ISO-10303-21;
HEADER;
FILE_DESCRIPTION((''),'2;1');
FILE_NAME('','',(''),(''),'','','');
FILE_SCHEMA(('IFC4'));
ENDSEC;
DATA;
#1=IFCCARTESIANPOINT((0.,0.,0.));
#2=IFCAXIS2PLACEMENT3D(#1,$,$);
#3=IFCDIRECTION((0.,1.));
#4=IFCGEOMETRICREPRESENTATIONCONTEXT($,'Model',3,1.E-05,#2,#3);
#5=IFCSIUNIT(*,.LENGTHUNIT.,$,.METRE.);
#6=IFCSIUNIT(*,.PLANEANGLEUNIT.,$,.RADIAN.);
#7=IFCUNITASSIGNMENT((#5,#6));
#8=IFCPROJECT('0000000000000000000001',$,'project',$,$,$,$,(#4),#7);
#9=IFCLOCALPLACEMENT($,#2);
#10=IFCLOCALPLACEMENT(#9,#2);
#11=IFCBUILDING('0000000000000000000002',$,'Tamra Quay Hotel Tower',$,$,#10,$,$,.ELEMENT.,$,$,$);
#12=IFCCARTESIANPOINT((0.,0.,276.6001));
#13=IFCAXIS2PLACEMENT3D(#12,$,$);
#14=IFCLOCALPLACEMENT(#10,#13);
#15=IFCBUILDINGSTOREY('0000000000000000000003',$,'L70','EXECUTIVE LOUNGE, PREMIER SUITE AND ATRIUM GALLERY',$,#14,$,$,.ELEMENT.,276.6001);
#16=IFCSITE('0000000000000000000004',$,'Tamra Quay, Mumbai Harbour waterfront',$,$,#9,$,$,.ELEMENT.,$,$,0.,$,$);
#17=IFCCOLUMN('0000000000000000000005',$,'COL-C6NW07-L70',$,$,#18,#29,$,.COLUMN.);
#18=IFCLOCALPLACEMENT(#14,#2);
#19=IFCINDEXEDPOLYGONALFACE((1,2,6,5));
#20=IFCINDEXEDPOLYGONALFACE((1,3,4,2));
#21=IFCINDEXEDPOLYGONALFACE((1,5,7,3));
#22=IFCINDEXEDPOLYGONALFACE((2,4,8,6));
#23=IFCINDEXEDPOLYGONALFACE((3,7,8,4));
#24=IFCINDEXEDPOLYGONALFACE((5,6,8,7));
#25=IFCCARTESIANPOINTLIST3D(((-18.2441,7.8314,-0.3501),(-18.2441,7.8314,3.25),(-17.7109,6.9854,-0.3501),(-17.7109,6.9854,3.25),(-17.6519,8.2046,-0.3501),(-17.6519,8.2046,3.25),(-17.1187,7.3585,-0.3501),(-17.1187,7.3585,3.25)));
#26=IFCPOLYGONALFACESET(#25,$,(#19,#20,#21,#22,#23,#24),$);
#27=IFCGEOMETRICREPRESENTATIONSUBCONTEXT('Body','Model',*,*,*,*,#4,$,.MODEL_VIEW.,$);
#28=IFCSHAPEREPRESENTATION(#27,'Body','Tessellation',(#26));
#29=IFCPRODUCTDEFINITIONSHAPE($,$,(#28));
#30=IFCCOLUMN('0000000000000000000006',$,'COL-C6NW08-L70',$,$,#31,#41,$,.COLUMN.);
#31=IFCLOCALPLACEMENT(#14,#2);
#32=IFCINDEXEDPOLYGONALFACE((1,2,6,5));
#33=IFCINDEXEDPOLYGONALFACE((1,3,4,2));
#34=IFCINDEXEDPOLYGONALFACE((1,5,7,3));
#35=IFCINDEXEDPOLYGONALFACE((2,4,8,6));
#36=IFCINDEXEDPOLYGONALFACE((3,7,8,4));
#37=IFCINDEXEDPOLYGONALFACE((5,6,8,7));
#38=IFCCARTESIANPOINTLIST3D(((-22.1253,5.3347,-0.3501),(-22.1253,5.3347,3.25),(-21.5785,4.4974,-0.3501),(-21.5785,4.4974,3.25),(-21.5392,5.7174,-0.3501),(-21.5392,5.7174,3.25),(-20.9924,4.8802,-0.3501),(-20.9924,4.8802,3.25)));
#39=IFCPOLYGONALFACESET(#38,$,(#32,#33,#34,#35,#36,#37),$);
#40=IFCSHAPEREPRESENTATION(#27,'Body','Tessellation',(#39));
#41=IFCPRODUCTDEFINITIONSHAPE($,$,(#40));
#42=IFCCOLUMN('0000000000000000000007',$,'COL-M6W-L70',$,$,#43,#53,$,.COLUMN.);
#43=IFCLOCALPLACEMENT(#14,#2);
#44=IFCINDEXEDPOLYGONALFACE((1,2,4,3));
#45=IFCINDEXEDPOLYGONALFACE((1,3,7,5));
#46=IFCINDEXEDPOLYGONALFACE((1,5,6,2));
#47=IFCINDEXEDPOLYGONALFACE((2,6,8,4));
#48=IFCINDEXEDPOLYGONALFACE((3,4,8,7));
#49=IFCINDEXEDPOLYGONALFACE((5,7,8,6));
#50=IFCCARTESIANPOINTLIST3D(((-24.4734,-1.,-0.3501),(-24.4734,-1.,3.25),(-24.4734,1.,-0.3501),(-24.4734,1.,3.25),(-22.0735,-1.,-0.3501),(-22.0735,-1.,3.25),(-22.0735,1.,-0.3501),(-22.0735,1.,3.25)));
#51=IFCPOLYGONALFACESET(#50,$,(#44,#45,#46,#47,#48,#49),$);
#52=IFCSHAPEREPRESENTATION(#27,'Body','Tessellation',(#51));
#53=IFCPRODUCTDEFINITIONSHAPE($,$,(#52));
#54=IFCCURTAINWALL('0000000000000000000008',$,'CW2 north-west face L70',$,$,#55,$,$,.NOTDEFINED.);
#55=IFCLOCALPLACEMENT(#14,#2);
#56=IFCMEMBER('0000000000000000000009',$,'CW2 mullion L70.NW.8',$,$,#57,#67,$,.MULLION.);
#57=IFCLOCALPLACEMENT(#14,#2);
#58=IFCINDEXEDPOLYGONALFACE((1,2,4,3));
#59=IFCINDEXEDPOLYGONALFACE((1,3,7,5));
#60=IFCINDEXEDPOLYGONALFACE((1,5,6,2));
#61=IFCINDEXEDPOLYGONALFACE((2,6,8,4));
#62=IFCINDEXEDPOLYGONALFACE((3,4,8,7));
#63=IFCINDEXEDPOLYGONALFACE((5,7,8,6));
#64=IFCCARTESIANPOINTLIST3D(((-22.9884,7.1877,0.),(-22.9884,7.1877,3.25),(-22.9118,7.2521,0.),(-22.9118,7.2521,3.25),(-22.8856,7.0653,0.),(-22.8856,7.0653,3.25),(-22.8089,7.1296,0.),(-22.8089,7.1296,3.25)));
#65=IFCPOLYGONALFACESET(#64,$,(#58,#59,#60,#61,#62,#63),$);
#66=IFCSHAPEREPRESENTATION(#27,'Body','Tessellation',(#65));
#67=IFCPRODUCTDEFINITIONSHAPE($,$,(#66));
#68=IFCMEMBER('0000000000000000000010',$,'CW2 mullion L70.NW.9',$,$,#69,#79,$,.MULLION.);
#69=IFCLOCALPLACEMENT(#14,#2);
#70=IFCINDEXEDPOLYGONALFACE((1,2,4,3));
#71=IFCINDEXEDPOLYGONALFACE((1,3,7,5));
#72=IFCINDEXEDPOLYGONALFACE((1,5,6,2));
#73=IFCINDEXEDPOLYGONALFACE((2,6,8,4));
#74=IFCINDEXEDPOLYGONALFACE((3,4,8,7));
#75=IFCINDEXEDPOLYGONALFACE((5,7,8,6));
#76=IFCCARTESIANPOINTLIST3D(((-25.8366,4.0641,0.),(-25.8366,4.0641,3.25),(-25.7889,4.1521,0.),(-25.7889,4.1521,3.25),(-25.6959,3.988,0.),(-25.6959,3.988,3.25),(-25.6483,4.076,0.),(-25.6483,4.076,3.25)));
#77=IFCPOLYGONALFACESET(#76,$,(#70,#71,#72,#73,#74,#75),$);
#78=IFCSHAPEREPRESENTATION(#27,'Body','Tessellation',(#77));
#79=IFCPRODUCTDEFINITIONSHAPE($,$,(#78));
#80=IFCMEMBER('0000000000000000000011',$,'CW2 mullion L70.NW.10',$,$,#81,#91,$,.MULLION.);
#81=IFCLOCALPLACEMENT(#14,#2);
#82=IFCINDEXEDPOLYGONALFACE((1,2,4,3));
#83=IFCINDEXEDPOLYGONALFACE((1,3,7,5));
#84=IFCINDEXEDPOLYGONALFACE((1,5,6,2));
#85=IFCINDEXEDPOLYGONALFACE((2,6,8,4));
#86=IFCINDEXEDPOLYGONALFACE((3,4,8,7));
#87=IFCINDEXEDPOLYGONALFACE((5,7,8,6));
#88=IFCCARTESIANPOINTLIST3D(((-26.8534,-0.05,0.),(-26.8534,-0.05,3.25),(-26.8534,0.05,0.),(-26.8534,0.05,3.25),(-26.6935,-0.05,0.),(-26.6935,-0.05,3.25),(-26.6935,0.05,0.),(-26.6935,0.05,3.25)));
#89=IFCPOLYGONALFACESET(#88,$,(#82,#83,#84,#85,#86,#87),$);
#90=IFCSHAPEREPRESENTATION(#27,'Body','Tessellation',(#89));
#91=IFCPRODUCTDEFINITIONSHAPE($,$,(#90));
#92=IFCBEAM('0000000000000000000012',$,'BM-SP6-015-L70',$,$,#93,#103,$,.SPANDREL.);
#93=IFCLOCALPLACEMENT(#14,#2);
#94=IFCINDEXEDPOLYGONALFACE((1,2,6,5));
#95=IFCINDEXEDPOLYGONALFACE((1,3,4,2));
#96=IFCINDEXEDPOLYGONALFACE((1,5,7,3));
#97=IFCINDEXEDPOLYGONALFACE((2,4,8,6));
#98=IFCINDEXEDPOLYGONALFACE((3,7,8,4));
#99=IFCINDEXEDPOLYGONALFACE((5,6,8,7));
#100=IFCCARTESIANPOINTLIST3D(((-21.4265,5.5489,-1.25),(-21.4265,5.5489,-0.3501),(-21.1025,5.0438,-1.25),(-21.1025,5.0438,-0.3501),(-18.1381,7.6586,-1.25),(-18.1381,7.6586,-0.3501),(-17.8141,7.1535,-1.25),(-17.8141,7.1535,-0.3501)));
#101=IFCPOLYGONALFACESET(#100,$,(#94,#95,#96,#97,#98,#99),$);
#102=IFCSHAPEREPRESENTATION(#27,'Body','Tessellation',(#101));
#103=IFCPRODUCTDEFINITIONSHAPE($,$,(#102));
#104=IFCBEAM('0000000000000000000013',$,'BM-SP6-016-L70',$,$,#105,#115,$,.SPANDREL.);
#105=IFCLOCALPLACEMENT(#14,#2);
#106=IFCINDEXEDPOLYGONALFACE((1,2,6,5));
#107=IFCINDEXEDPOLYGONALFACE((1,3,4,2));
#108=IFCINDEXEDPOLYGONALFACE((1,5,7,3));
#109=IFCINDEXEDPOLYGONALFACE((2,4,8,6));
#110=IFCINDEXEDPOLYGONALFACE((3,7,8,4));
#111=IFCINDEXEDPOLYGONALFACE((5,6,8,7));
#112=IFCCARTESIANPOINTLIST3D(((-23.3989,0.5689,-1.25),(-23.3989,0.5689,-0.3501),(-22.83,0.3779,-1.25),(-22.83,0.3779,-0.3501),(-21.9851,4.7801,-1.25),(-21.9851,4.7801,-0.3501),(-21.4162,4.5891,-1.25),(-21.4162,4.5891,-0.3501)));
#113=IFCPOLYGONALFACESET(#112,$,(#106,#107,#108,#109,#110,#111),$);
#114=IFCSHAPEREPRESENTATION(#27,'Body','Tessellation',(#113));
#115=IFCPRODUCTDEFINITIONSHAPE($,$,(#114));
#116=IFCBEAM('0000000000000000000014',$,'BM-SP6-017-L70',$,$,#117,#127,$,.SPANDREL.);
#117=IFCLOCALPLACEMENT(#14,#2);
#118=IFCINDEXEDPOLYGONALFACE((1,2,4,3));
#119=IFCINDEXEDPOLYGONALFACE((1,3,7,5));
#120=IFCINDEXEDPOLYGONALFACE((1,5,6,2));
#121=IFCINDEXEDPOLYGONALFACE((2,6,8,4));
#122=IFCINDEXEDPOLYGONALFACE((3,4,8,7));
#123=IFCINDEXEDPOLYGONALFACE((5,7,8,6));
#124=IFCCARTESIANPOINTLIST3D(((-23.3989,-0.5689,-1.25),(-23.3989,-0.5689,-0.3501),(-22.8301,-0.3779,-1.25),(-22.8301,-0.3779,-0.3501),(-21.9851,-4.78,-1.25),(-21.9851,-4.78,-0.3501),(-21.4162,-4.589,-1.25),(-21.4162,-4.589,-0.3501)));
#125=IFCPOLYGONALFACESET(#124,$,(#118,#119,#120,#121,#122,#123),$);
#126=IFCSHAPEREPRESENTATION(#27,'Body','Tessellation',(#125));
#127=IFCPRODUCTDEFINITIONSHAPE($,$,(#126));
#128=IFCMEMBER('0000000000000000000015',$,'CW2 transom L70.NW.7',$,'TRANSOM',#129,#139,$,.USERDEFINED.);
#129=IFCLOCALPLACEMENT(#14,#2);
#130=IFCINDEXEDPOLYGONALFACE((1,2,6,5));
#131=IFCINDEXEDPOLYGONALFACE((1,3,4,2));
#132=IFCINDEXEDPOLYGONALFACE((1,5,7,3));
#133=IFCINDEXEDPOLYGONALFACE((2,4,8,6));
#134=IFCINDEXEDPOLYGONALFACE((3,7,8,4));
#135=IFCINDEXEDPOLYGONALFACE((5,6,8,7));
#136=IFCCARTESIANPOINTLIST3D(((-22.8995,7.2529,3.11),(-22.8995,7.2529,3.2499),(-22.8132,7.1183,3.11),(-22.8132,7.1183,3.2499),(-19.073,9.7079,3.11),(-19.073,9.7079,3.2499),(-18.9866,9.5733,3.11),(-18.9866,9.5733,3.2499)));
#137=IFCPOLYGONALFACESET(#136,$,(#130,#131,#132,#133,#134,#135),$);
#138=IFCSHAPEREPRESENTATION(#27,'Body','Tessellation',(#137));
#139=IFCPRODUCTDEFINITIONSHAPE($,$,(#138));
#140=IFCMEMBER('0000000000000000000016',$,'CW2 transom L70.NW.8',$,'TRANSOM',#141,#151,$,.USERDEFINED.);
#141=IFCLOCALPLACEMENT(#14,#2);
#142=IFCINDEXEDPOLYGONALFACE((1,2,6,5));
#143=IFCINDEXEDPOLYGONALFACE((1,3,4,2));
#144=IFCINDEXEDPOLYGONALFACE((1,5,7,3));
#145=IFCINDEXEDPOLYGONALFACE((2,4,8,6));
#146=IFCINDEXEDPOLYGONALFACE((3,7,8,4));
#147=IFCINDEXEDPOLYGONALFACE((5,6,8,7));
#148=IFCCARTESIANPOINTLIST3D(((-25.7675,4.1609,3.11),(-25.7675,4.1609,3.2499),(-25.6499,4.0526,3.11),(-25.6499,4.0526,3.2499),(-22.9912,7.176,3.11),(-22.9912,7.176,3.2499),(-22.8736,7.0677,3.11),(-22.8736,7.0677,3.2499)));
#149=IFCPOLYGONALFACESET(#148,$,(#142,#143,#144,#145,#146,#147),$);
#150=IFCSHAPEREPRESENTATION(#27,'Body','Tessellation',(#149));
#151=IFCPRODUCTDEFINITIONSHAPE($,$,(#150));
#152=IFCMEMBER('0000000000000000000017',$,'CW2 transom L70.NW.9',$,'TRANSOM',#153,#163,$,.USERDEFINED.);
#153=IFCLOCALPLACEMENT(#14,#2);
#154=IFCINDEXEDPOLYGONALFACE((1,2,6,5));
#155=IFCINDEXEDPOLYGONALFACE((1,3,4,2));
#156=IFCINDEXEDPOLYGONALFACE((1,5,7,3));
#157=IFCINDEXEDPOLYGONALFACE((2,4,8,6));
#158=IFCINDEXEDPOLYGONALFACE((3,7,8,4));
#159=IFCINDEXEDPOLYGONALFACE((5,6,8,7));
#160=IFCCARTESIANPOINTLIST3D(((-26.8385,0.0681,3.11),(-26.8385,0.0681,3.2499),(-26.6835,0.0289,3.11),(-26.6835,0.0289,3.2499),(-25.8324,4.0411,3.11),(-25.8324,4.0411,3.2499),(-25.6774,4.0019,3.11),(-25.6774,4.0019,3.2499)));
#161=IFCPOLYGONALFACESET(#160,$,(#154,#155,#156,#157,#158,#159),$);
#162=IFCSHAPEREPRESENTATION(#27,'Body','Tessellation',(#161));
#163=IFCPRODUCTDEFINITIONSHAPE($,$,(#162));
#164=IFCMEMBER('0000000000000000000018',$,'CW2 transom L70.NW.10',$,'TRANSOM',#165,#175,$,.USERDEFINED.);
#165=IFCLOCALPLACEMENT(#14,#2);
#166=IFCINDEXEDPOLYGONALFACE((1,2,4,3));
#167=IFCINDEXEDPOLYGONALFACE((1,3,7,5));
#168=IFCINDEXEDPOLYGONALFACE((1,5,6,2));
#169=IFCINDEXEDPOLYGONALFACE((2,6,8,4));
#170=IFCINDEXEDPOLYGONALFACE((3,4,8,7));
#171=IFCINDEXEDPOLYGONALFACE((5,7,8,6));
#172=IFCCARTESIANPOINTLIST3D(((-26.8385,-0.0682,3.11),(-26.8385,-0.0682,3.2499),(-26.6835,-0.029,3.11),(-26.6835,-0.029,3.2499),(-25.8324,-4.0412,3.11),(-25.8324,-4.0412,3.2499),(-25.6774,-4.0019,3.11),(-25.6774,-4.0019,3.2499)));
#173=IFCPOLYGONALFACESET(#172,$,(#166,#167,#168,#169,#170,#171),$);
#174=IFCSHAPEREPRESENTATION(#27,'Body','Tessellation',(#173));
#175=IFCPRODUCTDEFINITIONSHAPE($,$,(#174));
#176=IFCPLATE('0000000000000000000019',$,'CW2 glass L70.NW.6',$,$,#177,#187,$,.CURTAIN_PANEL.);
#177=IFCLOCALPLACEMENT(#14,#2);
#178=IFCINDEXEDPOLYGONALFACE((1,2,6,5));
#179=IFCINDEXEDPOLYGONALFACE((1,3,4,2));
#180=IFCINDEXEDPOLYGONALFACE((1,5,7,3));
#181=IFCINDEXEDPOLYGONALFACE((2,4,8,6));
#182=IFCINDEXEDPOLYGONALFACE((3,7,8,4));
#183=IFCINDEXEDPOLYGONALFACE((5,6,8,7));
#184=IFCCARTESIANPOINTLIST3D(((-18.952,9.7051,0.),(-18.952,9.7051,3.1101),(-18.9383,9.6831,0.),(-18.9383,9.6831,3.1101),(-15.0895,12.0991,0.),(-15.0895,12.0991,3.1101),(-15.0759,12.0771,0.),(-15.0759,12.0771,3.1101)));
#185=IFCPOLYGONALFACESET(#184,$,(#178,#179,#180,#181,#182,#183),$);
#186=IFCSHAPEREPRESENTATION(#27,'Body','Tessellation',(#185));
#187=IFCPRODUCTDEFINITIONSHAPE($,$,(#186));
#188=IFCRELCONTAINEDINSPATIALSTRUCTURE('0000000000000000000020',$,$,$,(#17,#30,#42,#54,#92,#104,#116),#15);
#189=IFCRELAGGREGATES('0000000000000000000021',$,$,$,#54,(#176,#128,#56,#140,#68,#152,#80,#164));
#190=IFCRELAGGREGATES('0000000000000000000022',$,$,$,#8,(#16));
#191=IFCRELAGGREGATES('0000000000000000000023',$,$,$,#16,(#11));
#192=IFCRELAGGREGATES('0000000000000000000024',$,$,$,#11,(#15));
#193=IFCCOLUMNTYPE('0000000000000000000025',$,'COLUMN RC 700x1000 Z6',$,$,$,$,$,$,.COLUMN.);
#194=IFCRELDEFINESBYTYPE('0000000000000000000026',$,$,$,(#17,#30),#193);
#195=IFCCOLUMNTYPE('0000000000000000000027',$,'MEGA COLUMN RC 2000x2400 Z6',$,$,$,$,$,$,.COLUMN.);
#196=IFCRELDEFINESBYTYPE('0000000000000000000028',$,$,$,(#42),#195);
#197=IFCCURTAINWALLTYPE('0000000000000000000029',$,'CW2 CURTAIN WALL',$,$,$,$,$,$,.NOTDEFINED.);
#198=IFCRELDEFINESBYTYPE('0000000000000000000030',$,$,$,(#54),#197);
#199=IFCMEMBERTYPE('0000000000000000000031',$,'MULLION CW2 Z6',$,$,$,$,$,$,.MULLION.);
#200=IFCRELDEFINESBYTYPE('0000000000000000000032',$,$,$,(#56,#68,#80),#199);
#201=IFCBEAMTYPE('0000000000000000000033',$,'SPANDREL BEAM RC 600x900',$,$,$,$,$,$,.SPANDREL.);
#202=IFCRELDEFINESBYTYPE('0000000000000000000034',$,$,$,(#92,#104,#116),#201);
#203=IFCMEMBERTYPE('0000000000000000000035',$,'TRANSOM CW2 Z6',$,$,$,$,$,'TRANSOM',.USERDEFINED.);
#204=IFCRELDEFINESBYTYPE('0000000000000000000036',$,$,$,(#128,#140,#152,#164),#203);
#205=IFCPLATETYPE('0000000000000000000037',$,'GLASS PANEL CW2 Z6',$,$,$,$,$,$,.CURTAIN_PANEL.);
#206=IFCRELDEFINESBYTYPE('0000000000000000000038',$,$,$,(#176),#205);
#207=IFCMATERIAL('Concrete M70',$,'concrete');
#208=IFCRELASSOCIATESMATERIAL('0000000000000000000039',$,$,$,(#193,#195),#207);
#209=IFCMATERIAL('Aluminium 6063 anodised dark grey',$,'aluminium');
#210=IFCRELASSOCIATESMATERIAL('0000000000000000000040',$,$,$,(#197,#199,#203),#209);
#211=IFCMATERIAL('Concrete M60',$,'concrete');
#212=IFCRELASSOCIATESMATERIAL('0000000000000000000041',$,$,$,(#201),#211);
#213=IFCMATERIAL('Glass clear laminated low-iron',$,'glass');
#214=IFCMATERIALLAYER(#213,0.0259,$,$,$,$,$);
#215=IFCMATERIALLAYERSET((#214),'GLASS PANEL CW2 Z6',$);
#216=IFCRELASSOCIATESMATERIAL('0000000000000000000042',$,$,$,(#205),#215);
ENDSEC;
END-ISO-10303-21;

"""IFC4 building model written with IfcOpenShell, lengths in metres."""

from ifc_helpers import new_model, si_unit, direction, frame, origin, origin_2d, place, context, subcontext, project, spatial, rectangle, extrude, material, layer, layer_set, material_profile, profile_set, type_object, element, aggregate, save


model = new_model("IFC4")

# Units and contexts
model_context = context("Model", 3, precision=1e-05, world=origin(), true_north=direction((0.0, 1.0)))
body_context = subcontext(model_context, "Body", "Model", "MODEL_VIEW")
ifc_project = project(units=[si_unit("LENGTHUNIT", "METRE"), si_unit("PLANEANGLEUNIT", "RADIAN")], contexts=[model_context])

# Site, building, storey
site_placement = place(None, origin())
site = spatial("IfcSite", under=ifc_project, at=site_placement, Name="Tamra Quay, Mumbai Harbour waterfront", CompositionType="ELEMENT", RefElevation=0.0)
building_placement = place(site_placement, origin())
building = spatial("IfcBuilding", under=site, at=building_placement, Name="Tamra Quay Hotel Tower", CompositionType="ELEMENT")
storey_placement = place(building_placement, frame((0.0, 0.0, 276.6001)))
storey = spatial("IfcBuildingStorey", under=building, at=storey_placement, Name="L70", Description="EXECUTIVE LOUNGE, PREMIER SUITE AND ATRIUM GALLERY", CompositionType="ELEMENT", Elevation=276.6001)

# Columns
ifc_material_1 = material(Name="Concrete M70", Category="concrete")
ifc_material_profile_1 = material_profile(ifc_material_1, rectangle(XDim=1.0, YDim=0.7, at=origin_2d()), Name="COLUMN RC 700x1000 Z6")
ifc_profile_set_1 = profile_set([ifc_material_profile_1], Name="Concrete M70")
column_type_1 = type_object("IfcColumnType", Name="COLUMN RC 700x1000 Z6", PredefinedType="COLUMN", material=ifc_profile_set_1)
for number, where, z_axis, x_axis, name in (
    (1, (-17.6814, 7.595, -0.3501), (0.0, 0.0, 1.0), (-0.533133, 0.846031, 0.0), "COL-C6NW07-L70"),
    (2, (-21.5588, 5.1074, -0.3501), (0.0, 0.0, 1.0), (-0.546805, 0.83726, 0.0), "COL-C6NW08-L70"),
):
    element("IfcColumn", number, at=place(storey_placement, frame(where, z_axis=z_axis, x_axis=x_axis)), inside=storey, type_object=column_type_1, Name=name, PredefinedType="COLUMN", context=body_context, shape_type="SweptSolid", body=[
        extrude(rectangle(XDim=1.0, YDim=0.7, at=origin_2d()), origin(), (0.0, 0.0, 1.0), 3.6001),
    ])
ifc_material_profile_2 = material_profile(ifc_material_1, rectangle(XDim=2.3999, YDim=2.0, at=origin_2d()), Name="MEGA COLUMN RC 2000x2400 Z6")
ifc_profile_set_2 = profile_set([ifc_material_profile_2], Name="Concrete M70")
column_type_2 = type_object("IfcColumnType", Name="MEGA COLUMN RC 2000x2400 Z6", PredefinedType="COLUMN", material=ifc_profile_set_2)
column_placement = place(storey_placement, frame((-23.2734, 0.0, -0.3501), z_axis=(0.0, 0.0, 1.0), x_axis=(1.0, 0.0, 0.0)))
element("IfcColumn", 3, at=column_placement, inside=storey, type_object=column_type_2, Name="COL-M6W-L70", PredefinedType="COLUMN", context=body_context, shape_type="SweptSolid", body=[
    extrude(rectangle(XDim=2.3999, YDim=2.0, at=origin_2d()), origin(), (0.0, 0.0, 1.0), 3.6001),
])

# Curtain wall, members
ifc_material_2 = material(Name="Aluminium 6063 anodised dark grey", Category="aluminium")
curtain_wall_type = type_object("IfcCurtainWallType", Name="CW2 CURTAIN WALL", PredefinedType="NOTDEFINED", material=ifc_material_2)
curtain_wall_placement = place(storey_placement, origin())
curtain_wall = element("IfcCurtainWall", 4, at=curtain_wall_placement, inside=storey, type_object=curtain_wall_type, Name="CW2 north-west face L70", PredefinedType="NOTDEFINED")
ifc_material_profile_3 = material_profile(ifc_material_2, rectangle(XDim=0.1599, YDim=0.1001, at=origin_2d()), Name="MULLION 100X160")
ifc_profile_set_3 = profile_set([ifc_material_profile_3], Name="Aluminium 6063 anodised dark grey")
member_type_1 = type_object("IfcMemberType", Name="MULLION CW2 Z6", PredefinedType="MULLION", material=ifc_profile_set_3)
member_1_placement = place(storey_placement, frame((-22.8987, 7.1587, 0.0), z_axis=(0.0, 0.0, 1.0), x_axis=(-0.643086, 0.765794, 0.0)))
member_1 = element("IfcMember", 5, at=member_1_placement, type_object=member_type_1, Name="CW2 mullion L70.NW.8", PredefinedType="MULLION", context=body_context, shape_type="SweptSolid", body=[
    extrude(rectangle(XDim=0.1599, YDim=0.1001, at=origin_2d()), origin(), (0.0, 0.0, 1.0), 3.25),
])
member_2_placement = place(storey_placement, frame((-25.7424, 4.0701, 0.0), z_axis=(0.0, 0.0, 1.0), x_axis=(-0.879433, 0.476023, 0.0)))
member_2 = element("IfcMember", 6, at=member_2_placement, type_object=member_type_1, Name="CW2 mullion L70.NW.9", PredefinedType="MULLION", context=body_context, shape_type="SweptSolid", body=[
    extrude(rectangle(XDim=0.1599, YDim=0.1001, at=origin_2d()), origin(), (0.0, 0.0, 1.0), 3.25),
])
member_3_placement = place(storey_placement, frame((-26.7734, 0.0, 0.0), z_axis=(0.0, 0.0, 1.0), x_axis=(-1.0, 0.0, 0.0)))
member_3 = element("IfcMember", 7, at=member_3_placement, type_object=member_type_1, Name="CW2 mullion L70.NW.10", PredefinedType="MULLION", context=body_context, shape_type="SweptSolid", body=[
    extrude(rectangle(XDim=0.1599, YDim=0.1001, at=origin_2d()), origin(), (0.0, 0.0, 1.0), 3.25),
])

# Beams
ifc_material_3 = material(Name="Concrete M60", Category="concrete")
ifc_material_profile_4 = material_profile(ifc_material_3, rectangle(XDim=0.6001, YDim=0.8999, at=origin_2d()), Name="SPANDREL BEAM RC 600x900")
ifc_profile_set_4 = profile_set([ifc_material_profile_4], Name="Concrete M60")
beam_type = type_object("IfcBeamType", Name="SPANDREL BEAM RC 600x900", PredefinedType="SPANDREL", material=ifc_profile_set_4)
beam_placement = place(storey_placement, frame((-17.9761, 7.406, -0.8), z_axis=(-0.84168, -0.539977, 0.0), x_axis=(0.539977, -0.84168, 0.0)))
element("IfcBeam", 8, at=beam_placement, inside=storey, type_object=beam_type, Name="BM-SP6-015-L70", PredefinedType="SPANDREL", context=body_context, shape_type="SweptSolid", body=[
    extrude(rectangle(XDim=0.6001, YDim=0.8999, at=origin_2d()), origin(), (0.0, 0.0, 1.0), 3.907),
])
for number, where, z_axis, x_axis, name in (
    (9, (-21.7007, 4.6846, -0.8), (-0.318272, -0.948, 0.0), (0.948, -0.318272, 0.0), "BM-SP6-016-L70"),
    (10, (-23.1145, -0.4734, -0.8), (0.318272, -0.948, 0.0), (0.948, 0.318272, 0.0), "BM-SP6-017-L70"),
):
    element("IfcBeam", number, at=place(storey_placement, frame(where, z_axis=z_axis, x_axis=x_axis)), inside=storey, type_object=beam_type, Name=name, PredefinedType="SPANDREL", context=body_context, shape_type="SweptSolid", body=[
        extrude(rectangle(XDim=0.6001, YDim=0.8999, at=origin_2d()), origin(), (0.0, 0.0, 1.0), 4.4421),
    ])

# Members
ifc_material_profile_5 = material_profile(ifc_material_2, rectangle(XDim=0.1599, YDim=0.1399, at=origin_2d()), Name="TRANSOM 160X140")
ifc_profile_set_5 = profile_set([ifc_material_profile_5], Name="Aluminium 6063 anodised dark grey")
member_type_2 = type_object("IfcMemberType", Name="TRANSOM CW2 Z6", ElementType="TRANSOM", PredefinedType="USERDEFINED", material=ifc_profile_set_5)
member_4_placement = place(storey_placement, frame((-19.0298, 9.6406, 3.1799), z_axis=(-0.84167, -0.539992, 0.0), x_axis=(0.539992, -0.84167, 0.0)))
member_4 = element("IfcMember", 11, at=member_4_placement, type_object=member_type_2, Name="CW2 transom L70.NW.7", ObjectType="TRANSOM", PredefinedType="USERDEFINED", context=body_context, shape_type="SweptSolid", body=[
    extrude(rectangle(XDim=0.1599, YDim=0.1399, at=origin_2d()), origin(), (0.0, 0.0, 1.0), 4.5464),
])
member_5_placement = place(storey_placement, frame((-22.9324, 7.1218, 3.1799), z_axis=(-0.677379, -0.735634, 0.0), x_axis=(0.735634, -0.677379, 0.0)))
member_5 = element("IfcMember", 12, at=member_5_placement, type_object=member_type_2, Name="CW2 transom L70.NW.8", ObjectType="TRANSOM", PredefinedType="USERDEFINED", context=body_context, shape_type="SweptSolid", body=[
    extrude(rectangle(XDim=0.1599, YDim=0.1399, at=origin_2d()), origin(), (0.0, 0.0, 1.0), 4.0986),
])
member_6_placement = place(storey_placement, frame((-25.7549, 4.0215, 3.1799), z_axis=(-0.245492, -0.969399, 0.0), x_axis=(0.969399, -0.245492, 0.0)))
member_6 = element("IfcMember", 13, at=member_6_placement, type_object=member_type_2, Name="CW2 transom L70.NW.9", ObjectType="TRANSOM", PredefinedType="USERDEFINED", context=body_context, shape_type="SweptSolid", body=[
    extrude(rectangle(XDim=0.1599, YDim=0.1399, at=origin_2d()), origin(), (0.0, 0.0, 1.0), 4.0984),
])
member_7_placement = place(storey_placement, frame((-26.761, -0.0486, 3.1799), z_axis=(0.245492, -0.969399, 0.0), x_axis=(0.969399, 0.245492, 0.0)))
member_7 = element("IfcMember", 14, at=member_7_placement, type_object=member_type_2, Name="CW2 transom L70.NW.10", ObjectType="TRANSOM", PredefinedType="USERDEFINED", context=body_context, shape_type="SweptSolid", body=[
    extrude(rectangle(XDim=0.1599, YDim=0.1399, at=origin_2d()), origin(), (0.0, 0.0, 1.0), 4.0984),
])

# Plate
ifc_material_4 = material(Name="Glass clear laminated low-iron", Category="glass")
ifc_layer_1 = layer(ifc_material_4, 0.0259)
ifc_layer_set_1 = layer_set([ifc_layer_1], Name="GLASS PANEL CW2 Z6")
plate_type = type_object("IfcPlateType", Name="GLASS PANEL CW2 Z6", PredefinedType="CURTAIN_PANEL", material=ifc_layer_set_1)
plate_1_placement = place(storey_placement, frame((-17.0139, 10.8911, 0.0), z_axis=(0.0, 0.0, 1.0), x_axis=(-0.849982, -0.526812, 0.0)))
plate_1 = element("IfcPlate", 15, at=plate_1_placement, type_object=plate_type, Name="CW2 glass L70.NW.6", PredefinedType="CURTAIN_PANEL", context=body_context, shape_type="SweptSolid", body=[
    extrude(rectangle(XDim=4.5442, YDim=0.0259, at=origin_2d()), origin(), (0.0, 0.0, 1.0), 3.1101),
])
aggregate(curtain_wall, [plate_1, member_4, member_1, member_5, member_2, member_6, member_3, member_7])

save(model, "model.ifc")
